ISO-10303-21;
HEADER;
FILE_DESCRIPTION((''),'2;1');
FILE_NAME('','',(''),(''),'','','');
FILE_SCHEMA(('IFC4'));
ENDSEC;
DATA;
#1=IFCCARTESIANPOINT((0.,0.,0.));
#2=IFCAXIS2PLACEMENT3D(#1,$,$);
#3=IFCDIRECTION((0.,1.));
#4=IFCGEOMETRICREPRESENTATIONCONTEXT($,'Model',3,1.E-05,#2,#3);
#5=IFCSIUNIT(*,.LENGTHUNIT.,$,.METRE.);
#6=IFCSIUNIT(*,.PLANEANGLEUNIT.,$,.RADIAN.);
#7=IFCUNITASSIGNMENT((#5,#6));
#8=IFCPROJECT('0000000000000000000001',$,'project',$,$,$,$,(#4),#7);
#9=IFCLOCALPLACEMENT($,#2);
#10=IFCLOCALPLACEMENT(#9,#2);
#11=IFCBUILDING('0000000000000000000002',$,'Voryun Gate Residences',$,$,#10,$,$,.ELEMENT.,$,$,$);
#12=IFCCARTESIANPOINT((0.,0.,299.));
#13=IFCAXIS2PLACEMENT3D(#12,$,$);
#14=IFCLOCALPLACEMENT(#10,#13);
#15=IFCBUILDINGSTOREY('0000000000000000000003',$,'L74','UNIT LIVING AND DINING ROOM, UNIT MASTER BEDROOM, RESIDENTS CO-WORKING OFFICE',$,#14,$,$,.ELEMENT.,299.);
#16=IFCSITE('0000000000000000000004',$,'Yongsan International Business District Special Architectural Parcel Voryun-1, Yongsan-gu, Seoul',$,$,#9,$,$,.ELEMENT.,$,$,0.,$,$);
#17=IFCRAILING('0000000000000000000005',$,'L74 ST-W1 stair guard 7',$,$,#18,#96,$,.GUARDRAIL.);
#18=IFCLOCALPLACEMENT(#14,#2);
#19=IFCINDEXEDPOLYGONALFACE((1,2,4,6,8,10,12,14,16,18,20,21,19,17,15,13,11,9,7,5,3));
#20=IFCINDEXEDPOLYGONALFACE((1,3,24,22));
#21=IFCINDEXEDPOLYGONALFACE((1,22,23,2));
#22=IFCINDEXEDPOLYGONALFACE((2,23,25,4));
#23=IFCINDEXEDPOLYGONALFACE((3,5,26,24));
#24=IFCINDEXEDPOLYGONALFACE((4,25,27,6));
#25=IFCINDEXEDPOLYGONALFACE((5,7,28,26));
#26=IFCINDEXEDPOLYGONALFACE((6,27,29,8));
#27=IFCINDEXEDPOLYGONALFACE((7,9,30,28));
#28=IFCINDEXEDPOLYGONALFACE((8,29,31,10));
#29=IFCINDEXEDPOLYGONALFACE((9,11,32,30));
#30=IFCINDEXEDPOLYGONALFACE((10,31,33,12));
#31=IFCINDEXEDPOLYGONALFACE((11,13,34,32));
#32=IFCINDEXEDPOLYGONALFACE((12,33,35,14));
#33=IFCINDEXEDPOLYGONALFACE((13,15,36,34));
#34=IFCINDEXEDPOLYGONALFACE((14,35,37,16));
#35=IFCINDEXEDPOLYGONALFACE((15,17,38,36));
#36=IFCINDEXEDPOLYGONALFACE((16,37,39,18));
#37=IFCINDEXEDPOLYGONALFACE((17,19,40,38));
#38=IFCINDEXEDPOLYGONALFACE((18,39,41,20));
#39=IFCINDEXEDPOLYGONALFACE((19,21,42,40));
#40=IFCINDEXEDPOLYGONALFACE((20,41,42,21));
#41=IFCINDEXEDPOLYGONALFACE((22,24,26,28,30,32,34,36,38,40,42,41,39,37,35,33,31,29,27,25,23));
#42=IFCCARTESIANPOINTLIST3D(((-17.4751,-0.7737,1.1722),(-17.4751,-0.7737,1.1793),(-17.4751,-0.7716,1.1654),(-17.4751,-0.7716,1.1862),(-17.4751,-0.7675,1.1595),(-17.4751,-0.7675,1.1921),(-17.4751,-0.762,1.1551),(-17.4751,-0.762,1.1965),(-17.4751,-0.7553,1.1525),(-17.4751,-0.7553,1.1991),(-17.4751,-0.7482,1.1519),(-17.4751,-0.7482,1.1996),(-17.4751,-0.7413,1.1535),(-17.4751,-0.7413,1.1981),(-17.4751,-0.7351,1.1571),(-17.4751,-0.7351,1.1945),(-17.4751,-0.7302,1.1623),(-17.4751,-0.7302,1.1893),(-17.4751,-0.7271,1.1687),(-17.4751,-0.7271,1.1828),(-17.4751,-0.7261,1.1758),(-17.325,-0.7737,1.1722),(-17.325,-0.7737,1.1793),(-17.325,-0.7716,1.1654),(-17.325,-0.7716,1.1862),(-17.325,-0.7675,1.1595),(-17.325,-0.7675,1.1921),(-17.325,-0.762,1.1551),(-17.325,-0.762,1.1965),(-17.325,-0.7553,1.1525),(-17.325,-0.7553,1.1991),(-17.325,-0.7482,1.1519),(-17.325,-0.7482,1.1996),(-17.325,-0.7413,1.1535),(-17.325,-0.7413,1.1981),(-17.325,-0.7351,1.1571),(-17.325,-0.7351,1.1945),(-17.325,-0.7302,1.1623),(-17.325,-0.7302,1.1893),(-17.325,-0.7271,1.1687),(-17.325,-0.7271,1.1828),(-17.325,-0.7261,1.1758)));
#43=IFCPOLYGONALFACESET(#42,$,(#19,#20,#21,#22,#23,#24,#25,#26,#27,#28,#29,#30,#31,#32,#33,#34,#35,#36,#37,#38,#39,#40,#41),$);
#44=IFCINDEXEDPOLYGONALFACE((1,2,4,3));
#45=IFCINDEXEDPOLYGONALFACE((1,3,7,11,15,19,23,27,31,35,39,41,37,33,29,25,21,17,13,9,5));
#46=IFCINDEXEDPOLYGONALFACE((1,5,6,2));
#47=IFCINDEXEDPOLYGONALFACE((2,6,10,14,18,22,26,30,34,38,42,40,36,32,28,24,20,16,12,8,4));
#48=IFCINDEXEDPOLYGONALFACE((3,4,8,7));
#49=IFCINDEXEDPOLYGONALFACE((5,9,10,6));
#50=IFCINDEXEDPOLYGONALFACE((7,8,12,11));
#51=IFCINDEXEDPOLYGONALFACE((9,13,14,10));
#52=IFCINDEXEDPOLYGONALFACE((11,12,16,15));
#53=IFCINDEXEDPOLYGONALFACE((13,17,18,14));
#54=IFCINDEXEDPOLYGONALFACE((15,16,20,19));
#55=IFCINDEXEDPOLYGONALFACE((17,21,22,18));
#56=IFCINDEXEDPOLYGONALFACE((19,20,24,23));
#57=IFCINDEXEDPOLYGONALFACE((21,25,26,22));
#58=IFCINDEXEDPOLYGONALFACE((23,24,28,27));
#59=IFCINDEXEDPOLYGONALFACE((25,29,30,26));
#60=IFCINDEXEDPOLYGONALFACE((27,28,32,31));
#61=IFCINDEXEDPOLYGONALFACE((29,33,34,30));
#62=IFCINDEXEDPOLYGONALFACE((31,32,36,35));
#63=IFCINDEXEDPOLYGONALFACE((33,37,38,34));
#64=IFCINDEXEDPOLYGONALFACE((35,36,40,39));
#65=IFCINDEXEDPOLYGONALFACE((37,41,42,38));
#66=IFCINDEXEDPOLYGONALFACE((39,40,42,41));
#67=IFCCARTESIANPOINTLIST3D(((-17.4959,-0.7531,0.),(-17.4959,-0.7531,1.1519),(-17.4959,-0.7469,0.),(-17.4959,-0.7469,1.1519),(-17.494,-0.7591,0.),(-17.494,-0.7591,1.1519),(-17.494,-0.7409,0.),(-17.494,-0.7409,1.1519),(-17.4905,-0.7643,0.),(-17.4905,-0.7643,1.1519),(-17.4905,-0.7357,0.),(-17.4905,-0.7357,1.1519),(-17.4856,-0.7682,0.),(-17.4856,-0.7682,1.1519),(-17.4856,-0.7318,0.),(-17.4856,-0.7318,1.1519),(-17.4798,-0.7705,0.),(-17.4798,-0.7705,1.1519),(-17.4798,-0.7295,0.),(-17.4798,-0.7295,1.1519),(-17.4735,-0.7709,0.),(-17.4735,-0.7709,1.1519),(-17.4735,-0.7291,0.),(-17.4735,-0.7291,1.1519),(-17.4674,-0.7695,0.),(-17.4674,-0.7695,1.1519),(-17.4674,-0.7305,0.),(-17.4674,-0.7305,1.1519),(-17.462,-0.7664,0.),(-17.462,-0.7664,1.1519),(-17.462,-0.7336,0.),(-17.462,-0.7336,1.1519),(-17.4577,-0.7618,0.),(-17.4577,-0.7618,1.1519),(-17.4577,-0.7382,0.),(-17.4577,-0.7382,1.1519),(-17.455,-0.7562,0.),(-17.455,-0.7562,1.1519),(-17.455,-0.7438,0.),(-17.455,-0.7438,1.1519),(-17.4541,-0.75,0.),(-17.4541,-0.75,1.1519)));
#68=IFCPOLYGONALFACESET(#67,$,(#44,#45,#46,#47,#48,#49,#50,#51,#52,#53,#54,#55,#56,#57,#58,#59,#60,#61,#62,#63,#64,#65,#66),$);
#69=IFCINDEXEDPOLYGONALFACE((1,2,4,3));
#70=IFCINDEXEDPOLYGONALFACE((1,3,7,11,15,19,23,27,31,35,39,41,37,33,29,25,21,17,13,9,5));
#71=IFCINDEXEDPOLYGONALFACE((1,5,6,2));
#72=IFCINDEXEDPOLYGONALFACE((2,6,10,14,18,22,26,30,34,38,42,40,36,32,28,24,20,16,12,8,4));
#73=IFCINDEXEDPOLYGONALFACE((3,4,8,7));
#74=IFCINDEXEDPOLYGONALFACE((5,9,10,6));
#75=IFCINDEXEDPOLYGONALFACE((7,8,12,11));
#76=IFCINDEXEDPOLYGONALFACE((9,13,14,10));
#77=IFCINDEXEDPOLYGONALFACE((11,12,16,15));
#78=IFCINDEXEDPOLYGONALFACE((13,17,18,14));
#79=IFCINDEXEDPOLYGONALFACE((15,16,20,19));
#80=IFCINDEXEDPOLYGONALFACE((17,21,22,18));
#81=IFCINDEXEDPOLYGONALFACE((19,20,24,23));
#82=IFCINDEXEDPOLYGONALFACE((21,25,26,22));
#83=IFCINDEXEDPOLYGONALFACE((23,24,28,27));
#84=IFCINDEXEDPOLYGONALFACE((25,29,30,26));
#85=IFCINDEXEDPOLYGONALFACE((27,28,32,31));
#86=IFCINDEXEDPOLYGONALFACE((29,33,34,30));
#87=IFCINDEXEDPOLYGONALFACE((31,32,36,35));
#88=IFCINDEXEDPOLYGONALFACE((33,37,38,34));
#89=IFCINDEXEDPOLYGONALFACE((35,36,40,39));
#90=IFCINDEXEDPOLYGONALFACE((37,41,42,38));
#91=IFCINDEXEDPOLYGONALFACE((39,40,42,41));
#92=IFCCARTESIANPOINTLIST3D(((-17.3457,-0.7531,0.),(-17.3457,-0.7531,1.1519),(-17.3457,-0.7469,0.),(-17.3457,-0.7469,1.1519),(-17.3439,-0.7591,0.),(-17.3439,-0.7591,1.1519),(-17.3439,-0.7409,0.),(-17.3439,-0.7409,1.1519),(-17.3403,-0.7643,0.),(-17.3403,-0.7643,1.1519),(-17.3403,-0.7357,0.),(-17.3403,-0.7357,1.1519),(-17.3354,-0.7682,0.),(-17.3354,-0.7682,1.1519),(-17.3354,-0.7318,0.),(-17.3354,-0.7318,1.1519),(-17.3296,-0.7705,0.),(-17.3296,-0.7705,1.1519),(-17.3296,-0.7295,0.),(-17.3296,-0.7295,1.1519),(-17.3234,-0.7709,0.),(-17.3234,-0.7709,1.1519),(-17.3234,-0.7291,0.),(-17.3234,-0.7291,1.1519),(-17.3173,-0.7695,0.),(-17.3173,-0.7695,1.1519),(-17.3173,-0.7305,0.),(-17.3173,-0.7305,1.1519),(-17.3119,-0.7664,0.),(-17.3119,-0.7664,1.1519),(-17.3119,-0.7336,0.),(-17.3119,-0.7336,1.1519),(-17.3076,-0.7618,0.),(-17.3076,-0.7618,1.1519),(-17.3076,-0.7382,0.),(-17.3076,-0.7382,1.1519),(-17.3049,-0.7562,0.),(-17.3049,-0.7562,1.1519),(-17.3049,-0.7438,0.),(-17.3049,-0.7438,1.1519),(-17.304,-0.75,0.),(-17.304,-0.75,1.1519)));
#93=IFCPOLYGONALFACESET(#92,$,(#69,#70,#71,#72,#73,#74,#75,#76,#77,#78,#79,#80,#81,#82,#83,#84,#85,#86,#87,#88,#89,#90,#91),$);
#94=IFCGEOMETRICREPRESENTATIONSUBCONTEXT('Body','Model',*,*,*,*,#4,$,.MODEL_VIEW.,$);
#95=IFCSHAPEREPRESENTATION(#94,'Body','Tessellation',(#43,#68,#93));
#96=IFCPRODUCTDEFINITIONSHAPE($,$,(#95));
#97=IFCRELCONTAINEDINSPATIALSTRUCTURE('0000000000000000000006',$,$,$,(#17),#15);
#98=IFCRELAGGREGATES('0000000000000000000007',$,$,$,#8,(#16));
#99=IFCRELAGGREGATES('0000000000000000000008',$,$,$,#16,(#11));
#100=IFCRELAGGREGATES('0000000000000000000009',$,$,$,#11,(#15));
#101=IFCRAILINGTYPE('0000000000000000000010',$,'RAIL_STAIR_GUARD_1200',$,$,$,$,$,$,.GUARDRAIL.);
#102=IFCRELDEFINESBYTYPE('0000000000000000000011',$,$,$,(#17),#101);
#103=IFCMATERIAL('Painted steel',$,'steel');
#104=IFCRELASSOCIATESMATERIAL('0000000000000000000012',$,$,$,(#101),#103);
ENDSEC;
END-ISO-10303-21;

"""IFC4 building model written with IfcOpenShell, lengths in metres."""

from ifc_helpers import new_model, si_unit, direction, frame, origin, origin_2d, place, context, subcontext, project, spatial, circle, extrude, material, type_object, element, save


model = new_model("IFC4")

# Units and contexts
model_context = context("Model", 3, precision=1e-05, world=origin(), true_north=direction((0.0, 1.0)))
body_context = subcontext(model_context, "Body", "Model", "MODEL_VIEW")
ifc_project = project(units=[si_unit("LENGTHUNIT", "METRE"), si_unit("PLANEANGLEUNIT", "RADIAN")], contexts=[model_context])

# Site, building, storey
site_placement = place(None, origin())
site = spatial("IfcSite", under=ifc_project, at=site_placement, Name="Yongsan International Business District Special Architectural Parcel Voryun-1, Yongsan-gu, Seoul", CompositionType="ELEMENT", RefElevation=0.0)
building_placement = place(site_placement, origin())
building = spatial("IfcBuilding", under=site, at=building_placement, Name="Voryun Gate Residences", CompositionType="ELEMENT")
storey_placement = place(building_placement, frame((0.0, 0.0, 299.0)))
storey = spatial("IfcBuildingStorey", under=building, at=storey_placement, Name="L74", Description="UNIT LIVING AND DINING ROOM, UNIT MASTER BEDROOM, RESIDENTS CO-WORKING OFFICE", CompositionType="ELEMENT", Elevation=299.0)

# Railing
ifc_material_1 = material(Name="Painted steel", Category="steel")
railing_type_1 = type_object("IfcRailingType", Name="RAIL_STAIR_GUARD_1200", PredefinedType="GUARDRAIL", material=ifc_material_1)
railing_1_placement = place(storey_placement, frame((-17.4751, -0.75, 0.0)))
element("IfcRailing", 1, at=railing_1_placement, inside=storey, type_object=railing_type_1, Name="L74 ST-W1 stair guard 7", PredefinedType="GUARDRAIL", context=body_context, shape_type="SweptSolid", body=[
    extrude(circle(Radius=0.0239, at=origin_2d()), frame((0.0, 0.0, 1.1758), z_axis=(1.0, 0.0, 0.0), x_axis=(0.0, 1.0, 0.0)), (0.0, 0.0, 1.0), 0.1501),
    extrude(circle(Radius=0.021, at=origin_2d()), origin(), (0.0, 0.0, 1.0), 1.1519),
    extrude(circle(Radius=0.021, at=origin_2d()), frame((0.1501, 0.0, 0.0)), (0.0, 0.0, 1.0), 1.1519),
])

save(model, "model.ifc")
